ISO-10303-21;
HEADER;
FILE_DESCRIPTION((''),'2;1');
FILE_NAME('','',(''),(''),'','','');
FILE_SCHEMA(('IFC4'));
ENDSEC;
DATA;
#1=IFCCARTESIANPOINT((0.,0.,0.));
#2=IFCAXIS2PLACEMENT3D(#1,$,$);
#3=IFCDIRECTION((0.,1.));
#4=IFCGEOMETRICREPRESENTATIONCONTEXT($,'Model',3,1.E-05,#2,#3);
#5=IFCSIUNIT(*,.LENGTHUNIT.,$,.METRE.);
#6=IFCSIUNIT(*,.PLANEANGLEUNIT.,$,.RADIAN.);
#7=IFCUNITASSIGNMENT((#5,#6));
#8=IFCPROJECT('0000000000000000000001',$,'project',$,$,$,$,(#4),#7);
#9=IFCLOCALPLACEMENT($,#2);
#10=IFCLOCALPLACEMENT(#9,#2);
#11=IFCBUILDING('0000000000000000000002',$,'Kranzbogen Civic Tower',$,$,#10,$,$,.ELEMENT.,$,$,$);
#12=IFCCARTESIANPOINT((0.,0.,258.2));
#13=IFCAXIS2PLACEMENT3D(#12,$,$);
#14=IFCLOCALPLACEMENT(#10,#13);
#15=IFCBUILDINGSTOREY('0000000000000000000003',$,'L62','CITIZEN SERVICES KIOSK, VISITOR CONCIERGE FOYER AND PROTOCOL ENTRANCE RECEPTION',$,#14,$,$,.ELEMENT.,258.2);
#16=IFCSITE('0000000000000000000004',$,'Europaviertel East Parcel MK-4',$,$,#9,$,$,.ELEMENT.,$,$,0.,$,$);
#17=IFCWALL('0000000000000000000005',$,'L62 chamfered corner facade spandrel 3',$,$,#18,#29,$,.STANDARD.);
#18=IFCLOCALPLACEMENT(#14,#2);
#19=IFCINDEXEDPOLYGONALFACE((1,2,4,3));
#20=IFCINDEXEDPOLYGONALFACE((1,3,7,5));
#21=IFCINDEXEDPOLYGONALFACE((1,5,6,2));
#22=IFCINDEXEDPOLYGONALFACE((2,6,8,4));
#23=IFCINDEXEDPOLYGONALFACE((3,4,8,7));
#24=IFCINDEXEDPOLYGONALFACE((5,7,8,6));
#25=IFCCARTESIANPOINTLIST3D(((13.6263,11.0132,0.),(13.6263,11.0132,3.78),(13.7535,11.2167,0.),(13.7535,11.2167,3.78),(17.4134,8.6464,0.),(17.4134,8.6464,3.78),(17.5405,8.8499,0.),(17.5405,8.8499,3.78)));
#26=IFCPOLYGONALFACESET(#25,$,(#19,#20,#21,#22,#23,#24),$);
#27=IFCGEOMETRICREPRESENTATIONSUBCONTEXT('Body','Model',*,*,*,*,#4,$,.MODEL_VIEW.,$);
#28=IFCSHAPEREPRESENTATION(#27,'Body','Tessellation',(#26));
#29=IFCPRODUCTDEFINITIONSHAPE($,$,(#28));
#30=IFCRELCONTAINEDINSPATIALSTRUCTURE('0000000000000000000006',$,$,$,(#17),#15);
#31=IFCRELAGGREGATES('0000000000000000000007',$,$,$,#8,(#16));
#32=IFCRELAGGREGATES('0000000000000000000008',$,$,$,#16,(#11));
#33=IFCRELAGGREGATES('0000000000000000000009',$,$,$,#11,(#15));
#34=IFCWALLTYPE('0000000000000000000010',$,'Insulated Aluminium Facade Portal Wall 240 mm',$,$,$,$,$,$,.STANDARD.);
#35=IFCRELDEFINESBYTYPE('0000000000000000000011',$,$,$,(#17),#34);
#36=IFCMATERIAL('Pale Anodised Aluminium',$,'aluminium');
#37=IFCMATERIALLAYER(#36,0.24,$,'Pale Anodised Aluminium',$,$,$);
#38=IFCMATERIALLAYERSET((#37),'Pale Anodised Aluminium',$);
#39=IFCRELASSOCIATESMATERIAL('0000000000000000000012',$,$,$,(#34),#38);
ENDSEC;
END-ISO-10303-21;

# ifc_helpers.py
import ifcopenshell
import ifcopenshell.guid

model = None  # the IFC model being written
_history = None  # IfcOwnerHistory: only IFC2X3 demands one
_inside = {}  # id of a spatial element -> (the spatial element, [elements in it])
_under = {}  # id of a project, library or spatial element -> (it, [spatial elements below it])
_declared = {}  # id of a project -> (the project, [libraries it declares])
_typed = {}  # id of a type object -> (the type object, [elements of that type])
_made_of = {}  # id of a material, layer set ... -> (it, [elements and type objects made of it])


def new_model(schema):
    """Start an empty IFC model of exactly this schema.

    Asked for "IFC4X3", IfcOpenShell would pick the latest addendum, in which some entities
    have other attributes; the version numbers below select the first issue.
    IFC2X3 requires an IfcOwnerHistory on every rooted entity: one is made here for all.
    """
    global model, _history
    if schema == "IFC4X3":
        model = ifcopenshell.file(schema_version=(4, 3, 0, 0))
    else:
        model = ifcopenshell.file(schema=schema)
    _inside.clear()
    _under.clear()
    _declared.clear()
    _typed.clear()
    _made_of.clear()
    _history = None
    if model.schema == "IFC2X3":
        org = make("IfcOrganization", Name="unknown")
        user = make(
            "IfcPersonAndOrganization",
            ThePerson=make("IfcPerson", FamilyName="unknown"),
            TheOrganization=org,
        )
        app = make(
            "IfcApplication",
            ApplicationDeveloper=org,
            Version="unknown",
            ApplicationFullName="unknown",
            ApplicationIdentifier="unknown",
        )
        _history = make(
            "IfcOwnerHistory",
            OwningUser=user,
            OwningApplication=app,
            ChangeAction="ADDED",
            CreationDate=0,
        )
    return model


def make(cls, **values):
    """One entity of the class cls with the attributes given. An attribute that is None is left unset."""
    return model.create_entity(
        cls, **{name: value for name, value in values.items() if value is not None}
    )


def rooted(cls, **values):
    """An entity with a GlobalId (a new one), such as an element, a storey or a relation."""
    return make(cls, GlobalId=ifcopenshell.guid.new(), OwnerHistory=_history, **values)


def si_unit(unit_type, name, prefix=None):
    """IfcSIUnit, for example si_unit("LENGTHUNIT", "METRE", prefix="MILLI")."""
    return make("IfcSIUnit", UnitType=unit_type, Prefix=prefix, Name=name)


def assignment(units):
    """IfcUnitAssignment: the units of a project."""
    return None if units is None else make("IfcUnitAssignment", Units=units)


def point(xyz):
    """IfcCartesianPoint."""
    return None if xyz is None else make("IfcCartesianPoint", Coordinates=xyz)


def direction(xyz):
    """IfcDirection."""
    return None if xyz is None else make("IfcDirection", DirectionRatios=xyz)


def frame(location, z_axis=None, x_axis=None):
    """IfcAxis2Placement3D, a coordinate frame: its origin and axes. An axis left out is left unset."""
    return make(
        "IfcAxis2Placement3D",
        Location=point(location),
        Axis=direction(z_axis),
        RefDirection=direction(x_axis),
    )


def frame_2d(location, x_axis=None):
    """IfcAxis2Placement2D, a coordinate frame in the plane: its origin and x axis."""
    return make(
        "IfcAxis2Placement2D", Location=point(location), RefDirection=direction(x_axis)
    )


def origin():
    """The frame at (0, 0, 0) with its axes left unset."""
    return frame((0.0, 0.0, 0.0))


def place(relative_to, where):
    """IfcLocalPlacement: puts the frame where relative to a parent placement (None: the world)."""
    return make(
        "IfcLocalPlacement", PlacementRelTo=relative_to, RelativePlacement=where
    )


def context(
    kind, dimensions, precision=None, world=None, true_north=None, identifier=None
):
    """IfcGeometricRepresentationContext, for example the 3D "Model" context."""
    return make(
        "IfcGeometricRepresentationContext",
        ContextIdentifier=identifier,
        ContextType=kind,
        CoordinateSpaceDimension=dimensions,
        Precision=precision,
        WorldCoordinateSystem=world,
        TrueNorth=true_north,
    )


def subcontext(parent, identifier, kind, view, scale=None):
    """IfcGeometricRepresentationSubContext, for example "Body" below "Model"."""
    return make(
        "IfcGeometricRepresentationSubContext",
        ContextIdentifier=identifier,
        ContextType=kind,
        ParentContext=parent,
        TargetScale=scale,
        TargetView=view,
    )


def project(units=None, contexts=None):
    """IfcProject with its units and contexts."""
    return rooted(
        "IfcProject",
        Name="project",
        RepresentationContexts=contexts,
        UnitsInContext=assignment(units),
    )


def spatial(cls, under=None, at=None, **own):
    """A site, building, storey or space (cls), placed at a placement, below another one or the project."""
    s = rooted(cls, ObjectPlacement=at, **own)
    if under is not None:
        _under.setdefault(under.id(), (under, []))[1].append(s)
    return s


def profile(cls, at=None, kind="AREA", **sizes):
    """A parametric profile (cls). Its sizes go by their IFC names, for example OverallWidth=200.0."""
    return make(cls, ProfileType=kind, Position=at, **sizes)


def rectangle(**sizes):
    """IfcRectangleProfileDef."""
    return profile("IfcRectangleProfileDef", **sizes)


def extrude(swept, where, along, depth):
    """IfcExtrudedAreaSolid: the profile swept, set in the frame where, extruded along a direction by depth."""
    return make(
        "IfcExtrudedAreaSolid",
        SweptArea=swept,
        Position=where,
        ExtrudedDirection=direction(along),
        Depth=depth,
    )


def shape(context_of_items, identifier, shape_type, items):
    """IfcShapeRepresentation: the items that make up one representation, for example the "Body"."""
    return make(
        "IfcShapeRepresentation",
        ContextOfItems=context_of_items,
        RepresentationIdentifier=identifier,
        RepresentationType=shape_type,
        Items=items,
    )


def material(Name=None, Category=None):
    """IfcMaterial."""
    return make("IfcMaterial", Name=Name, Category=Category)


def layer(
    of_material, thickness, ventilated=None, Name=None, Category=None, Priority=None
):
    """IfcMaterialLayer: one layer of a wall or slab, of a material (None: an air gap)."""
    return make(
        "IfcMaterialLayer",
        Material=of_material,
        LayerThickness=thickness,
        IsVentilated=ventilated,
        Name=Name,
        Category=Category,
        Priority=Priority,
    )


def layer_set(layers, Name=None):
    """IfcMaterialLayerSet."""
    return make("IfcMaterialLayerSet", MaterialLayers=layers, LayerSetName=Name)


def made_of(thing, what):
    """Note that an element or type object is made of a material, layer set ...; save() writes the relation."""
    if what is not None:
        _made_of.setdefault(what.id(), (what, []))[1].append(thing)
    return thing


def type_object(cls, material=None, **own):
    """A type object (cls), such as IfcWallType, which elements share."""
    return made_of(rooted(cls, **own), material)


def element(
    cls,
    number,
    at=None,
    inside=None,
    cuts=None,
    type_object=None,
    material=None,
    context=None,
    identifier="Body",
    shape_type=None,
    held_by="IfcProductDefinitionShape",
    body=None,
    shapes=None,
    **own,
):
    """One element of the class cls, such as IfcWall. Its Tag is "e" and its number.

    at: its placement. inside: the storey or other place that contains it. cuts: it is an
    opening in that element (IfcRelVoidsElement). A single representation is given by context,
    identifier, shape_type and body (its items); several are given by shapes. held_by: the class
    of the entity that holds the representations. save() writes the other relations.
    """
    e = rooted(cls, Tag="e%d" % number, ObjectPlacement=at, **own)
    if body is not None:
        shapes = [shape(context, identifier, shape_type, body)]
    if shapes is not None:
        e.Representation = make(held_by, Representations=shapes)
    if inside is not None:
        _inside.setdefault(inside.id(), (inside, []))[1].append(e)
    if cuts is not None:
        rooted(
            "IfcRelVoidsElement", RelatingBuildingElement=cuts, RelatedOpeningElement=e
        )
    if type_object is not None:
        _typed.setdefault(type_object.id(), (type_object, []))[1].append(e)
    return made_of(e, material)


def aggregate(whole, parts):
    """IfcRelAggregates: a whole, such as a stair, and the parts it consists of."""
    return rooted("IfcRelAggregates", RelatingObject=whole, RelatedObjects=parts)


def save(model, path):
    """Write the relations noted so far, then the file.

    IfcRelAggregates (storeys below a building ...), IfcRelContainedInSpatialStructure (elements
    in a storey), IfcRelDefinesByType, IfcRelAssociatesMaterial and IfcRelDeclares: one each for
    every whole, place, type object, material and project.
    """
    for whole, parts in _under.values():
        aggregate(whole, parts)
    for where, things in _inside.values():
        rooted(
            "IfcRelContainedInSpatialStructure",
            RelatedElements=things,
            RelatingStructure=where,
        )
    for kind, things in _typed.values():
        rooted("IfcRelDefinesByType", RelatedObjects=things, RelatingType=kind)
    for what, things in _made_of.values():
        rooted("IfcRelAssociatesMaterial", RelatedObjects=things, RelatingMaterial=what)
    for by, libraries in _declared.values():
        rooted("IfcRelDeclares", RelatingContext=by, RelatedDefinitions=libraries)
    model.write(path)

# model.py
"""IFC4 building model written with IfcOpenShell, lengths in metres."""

from ifc_helpers import new_model, si_unit, direction, frame, frame_2d, origin, place, context, subcontext, project, spatial, rectangle, extrude, material, layer, layer_set, type_object, element, save


model = new_model("IFC4")

# Units and contexts
model_context = context("Model", 3, precision=1e-05, world=origin(), true_north=direction((0.0, 1.0)))
body_context = subcontext(model_context, "Body", "Model", "MODEL_VIEW")
ifc_project = project(units=[si_unit("LENGTHUNIT", "METRE"), si_unit("PLANEANGLEUNIT", "RADIAN")], contexts=[model_context])

# Site, building, storey
site_placement = place(None, origin())
site = spatial("IfcSite", under=ifc_project, at=site_placement, Name="Europaviertel East Parcel MK-4", CompositionType="ELEMENT", RefElevation=0.0)
building_placement = place(site_placement, origin())
building = spatial("IfcBuilding", under=site, at=building_placement, Name="Kranzbogen Civic Tower", CompositionType="ELEMENT")
storey_placement = place(building_placement, frame((0.0, 0.0, 258.2)))
storey = spatial("IfcBuildingStorey", under=building, at=storey_placement, Name="L62", Description="CITIZEN SERVICES KIOSK, VISITOR CONCIERGE FOYER AND PROTOCOL ENTRANCE RECEPTION", CompositionType="ELEMENT", Elevation=258.2)

# Shared definitions
ifc_material_1 = material(Name="Pale Anodised Aluminium", Category="aluminium")

# Shared definitions
ifc_layer_1 = layer(ifc_material_1, 0.24, Name="Pale Anodised Aluminium")
ifc_layer_set_1 = layer_set([ifc_layer_1], Name="Pale Anodised Aluminium")
wall_type_1 = type_object("IfcWallType", Name="Insulated Aluminium Facade Portal Wall 240 mm", PredefinedType="STANDARD", material=ifc_layer_set_1)

# Wall
wall_1_placement = place(storey_placement, frame((13.6899, 11.115, 0.0), z_axis=(0.0, 0.0, 1.0), x_axis=(0.847998, -0.529999, 0.0)))
element("IfcWall", 1, at=wall_1_placement, inside=storey, type_object=wall_type_1, Name="L62 chamfered corner facade spandrel 3", PredefinedType="STANDARD", context=body_context, shape_type="SweptSolid", body=[
    extrude(rectangle(XDim=4.4658, YDim=0.24, at=frame_2d((2.2329, 0.0))), origin(), (0.0, 0.0, 1.0), 3.78),
])

save(model, "model.ifc")
